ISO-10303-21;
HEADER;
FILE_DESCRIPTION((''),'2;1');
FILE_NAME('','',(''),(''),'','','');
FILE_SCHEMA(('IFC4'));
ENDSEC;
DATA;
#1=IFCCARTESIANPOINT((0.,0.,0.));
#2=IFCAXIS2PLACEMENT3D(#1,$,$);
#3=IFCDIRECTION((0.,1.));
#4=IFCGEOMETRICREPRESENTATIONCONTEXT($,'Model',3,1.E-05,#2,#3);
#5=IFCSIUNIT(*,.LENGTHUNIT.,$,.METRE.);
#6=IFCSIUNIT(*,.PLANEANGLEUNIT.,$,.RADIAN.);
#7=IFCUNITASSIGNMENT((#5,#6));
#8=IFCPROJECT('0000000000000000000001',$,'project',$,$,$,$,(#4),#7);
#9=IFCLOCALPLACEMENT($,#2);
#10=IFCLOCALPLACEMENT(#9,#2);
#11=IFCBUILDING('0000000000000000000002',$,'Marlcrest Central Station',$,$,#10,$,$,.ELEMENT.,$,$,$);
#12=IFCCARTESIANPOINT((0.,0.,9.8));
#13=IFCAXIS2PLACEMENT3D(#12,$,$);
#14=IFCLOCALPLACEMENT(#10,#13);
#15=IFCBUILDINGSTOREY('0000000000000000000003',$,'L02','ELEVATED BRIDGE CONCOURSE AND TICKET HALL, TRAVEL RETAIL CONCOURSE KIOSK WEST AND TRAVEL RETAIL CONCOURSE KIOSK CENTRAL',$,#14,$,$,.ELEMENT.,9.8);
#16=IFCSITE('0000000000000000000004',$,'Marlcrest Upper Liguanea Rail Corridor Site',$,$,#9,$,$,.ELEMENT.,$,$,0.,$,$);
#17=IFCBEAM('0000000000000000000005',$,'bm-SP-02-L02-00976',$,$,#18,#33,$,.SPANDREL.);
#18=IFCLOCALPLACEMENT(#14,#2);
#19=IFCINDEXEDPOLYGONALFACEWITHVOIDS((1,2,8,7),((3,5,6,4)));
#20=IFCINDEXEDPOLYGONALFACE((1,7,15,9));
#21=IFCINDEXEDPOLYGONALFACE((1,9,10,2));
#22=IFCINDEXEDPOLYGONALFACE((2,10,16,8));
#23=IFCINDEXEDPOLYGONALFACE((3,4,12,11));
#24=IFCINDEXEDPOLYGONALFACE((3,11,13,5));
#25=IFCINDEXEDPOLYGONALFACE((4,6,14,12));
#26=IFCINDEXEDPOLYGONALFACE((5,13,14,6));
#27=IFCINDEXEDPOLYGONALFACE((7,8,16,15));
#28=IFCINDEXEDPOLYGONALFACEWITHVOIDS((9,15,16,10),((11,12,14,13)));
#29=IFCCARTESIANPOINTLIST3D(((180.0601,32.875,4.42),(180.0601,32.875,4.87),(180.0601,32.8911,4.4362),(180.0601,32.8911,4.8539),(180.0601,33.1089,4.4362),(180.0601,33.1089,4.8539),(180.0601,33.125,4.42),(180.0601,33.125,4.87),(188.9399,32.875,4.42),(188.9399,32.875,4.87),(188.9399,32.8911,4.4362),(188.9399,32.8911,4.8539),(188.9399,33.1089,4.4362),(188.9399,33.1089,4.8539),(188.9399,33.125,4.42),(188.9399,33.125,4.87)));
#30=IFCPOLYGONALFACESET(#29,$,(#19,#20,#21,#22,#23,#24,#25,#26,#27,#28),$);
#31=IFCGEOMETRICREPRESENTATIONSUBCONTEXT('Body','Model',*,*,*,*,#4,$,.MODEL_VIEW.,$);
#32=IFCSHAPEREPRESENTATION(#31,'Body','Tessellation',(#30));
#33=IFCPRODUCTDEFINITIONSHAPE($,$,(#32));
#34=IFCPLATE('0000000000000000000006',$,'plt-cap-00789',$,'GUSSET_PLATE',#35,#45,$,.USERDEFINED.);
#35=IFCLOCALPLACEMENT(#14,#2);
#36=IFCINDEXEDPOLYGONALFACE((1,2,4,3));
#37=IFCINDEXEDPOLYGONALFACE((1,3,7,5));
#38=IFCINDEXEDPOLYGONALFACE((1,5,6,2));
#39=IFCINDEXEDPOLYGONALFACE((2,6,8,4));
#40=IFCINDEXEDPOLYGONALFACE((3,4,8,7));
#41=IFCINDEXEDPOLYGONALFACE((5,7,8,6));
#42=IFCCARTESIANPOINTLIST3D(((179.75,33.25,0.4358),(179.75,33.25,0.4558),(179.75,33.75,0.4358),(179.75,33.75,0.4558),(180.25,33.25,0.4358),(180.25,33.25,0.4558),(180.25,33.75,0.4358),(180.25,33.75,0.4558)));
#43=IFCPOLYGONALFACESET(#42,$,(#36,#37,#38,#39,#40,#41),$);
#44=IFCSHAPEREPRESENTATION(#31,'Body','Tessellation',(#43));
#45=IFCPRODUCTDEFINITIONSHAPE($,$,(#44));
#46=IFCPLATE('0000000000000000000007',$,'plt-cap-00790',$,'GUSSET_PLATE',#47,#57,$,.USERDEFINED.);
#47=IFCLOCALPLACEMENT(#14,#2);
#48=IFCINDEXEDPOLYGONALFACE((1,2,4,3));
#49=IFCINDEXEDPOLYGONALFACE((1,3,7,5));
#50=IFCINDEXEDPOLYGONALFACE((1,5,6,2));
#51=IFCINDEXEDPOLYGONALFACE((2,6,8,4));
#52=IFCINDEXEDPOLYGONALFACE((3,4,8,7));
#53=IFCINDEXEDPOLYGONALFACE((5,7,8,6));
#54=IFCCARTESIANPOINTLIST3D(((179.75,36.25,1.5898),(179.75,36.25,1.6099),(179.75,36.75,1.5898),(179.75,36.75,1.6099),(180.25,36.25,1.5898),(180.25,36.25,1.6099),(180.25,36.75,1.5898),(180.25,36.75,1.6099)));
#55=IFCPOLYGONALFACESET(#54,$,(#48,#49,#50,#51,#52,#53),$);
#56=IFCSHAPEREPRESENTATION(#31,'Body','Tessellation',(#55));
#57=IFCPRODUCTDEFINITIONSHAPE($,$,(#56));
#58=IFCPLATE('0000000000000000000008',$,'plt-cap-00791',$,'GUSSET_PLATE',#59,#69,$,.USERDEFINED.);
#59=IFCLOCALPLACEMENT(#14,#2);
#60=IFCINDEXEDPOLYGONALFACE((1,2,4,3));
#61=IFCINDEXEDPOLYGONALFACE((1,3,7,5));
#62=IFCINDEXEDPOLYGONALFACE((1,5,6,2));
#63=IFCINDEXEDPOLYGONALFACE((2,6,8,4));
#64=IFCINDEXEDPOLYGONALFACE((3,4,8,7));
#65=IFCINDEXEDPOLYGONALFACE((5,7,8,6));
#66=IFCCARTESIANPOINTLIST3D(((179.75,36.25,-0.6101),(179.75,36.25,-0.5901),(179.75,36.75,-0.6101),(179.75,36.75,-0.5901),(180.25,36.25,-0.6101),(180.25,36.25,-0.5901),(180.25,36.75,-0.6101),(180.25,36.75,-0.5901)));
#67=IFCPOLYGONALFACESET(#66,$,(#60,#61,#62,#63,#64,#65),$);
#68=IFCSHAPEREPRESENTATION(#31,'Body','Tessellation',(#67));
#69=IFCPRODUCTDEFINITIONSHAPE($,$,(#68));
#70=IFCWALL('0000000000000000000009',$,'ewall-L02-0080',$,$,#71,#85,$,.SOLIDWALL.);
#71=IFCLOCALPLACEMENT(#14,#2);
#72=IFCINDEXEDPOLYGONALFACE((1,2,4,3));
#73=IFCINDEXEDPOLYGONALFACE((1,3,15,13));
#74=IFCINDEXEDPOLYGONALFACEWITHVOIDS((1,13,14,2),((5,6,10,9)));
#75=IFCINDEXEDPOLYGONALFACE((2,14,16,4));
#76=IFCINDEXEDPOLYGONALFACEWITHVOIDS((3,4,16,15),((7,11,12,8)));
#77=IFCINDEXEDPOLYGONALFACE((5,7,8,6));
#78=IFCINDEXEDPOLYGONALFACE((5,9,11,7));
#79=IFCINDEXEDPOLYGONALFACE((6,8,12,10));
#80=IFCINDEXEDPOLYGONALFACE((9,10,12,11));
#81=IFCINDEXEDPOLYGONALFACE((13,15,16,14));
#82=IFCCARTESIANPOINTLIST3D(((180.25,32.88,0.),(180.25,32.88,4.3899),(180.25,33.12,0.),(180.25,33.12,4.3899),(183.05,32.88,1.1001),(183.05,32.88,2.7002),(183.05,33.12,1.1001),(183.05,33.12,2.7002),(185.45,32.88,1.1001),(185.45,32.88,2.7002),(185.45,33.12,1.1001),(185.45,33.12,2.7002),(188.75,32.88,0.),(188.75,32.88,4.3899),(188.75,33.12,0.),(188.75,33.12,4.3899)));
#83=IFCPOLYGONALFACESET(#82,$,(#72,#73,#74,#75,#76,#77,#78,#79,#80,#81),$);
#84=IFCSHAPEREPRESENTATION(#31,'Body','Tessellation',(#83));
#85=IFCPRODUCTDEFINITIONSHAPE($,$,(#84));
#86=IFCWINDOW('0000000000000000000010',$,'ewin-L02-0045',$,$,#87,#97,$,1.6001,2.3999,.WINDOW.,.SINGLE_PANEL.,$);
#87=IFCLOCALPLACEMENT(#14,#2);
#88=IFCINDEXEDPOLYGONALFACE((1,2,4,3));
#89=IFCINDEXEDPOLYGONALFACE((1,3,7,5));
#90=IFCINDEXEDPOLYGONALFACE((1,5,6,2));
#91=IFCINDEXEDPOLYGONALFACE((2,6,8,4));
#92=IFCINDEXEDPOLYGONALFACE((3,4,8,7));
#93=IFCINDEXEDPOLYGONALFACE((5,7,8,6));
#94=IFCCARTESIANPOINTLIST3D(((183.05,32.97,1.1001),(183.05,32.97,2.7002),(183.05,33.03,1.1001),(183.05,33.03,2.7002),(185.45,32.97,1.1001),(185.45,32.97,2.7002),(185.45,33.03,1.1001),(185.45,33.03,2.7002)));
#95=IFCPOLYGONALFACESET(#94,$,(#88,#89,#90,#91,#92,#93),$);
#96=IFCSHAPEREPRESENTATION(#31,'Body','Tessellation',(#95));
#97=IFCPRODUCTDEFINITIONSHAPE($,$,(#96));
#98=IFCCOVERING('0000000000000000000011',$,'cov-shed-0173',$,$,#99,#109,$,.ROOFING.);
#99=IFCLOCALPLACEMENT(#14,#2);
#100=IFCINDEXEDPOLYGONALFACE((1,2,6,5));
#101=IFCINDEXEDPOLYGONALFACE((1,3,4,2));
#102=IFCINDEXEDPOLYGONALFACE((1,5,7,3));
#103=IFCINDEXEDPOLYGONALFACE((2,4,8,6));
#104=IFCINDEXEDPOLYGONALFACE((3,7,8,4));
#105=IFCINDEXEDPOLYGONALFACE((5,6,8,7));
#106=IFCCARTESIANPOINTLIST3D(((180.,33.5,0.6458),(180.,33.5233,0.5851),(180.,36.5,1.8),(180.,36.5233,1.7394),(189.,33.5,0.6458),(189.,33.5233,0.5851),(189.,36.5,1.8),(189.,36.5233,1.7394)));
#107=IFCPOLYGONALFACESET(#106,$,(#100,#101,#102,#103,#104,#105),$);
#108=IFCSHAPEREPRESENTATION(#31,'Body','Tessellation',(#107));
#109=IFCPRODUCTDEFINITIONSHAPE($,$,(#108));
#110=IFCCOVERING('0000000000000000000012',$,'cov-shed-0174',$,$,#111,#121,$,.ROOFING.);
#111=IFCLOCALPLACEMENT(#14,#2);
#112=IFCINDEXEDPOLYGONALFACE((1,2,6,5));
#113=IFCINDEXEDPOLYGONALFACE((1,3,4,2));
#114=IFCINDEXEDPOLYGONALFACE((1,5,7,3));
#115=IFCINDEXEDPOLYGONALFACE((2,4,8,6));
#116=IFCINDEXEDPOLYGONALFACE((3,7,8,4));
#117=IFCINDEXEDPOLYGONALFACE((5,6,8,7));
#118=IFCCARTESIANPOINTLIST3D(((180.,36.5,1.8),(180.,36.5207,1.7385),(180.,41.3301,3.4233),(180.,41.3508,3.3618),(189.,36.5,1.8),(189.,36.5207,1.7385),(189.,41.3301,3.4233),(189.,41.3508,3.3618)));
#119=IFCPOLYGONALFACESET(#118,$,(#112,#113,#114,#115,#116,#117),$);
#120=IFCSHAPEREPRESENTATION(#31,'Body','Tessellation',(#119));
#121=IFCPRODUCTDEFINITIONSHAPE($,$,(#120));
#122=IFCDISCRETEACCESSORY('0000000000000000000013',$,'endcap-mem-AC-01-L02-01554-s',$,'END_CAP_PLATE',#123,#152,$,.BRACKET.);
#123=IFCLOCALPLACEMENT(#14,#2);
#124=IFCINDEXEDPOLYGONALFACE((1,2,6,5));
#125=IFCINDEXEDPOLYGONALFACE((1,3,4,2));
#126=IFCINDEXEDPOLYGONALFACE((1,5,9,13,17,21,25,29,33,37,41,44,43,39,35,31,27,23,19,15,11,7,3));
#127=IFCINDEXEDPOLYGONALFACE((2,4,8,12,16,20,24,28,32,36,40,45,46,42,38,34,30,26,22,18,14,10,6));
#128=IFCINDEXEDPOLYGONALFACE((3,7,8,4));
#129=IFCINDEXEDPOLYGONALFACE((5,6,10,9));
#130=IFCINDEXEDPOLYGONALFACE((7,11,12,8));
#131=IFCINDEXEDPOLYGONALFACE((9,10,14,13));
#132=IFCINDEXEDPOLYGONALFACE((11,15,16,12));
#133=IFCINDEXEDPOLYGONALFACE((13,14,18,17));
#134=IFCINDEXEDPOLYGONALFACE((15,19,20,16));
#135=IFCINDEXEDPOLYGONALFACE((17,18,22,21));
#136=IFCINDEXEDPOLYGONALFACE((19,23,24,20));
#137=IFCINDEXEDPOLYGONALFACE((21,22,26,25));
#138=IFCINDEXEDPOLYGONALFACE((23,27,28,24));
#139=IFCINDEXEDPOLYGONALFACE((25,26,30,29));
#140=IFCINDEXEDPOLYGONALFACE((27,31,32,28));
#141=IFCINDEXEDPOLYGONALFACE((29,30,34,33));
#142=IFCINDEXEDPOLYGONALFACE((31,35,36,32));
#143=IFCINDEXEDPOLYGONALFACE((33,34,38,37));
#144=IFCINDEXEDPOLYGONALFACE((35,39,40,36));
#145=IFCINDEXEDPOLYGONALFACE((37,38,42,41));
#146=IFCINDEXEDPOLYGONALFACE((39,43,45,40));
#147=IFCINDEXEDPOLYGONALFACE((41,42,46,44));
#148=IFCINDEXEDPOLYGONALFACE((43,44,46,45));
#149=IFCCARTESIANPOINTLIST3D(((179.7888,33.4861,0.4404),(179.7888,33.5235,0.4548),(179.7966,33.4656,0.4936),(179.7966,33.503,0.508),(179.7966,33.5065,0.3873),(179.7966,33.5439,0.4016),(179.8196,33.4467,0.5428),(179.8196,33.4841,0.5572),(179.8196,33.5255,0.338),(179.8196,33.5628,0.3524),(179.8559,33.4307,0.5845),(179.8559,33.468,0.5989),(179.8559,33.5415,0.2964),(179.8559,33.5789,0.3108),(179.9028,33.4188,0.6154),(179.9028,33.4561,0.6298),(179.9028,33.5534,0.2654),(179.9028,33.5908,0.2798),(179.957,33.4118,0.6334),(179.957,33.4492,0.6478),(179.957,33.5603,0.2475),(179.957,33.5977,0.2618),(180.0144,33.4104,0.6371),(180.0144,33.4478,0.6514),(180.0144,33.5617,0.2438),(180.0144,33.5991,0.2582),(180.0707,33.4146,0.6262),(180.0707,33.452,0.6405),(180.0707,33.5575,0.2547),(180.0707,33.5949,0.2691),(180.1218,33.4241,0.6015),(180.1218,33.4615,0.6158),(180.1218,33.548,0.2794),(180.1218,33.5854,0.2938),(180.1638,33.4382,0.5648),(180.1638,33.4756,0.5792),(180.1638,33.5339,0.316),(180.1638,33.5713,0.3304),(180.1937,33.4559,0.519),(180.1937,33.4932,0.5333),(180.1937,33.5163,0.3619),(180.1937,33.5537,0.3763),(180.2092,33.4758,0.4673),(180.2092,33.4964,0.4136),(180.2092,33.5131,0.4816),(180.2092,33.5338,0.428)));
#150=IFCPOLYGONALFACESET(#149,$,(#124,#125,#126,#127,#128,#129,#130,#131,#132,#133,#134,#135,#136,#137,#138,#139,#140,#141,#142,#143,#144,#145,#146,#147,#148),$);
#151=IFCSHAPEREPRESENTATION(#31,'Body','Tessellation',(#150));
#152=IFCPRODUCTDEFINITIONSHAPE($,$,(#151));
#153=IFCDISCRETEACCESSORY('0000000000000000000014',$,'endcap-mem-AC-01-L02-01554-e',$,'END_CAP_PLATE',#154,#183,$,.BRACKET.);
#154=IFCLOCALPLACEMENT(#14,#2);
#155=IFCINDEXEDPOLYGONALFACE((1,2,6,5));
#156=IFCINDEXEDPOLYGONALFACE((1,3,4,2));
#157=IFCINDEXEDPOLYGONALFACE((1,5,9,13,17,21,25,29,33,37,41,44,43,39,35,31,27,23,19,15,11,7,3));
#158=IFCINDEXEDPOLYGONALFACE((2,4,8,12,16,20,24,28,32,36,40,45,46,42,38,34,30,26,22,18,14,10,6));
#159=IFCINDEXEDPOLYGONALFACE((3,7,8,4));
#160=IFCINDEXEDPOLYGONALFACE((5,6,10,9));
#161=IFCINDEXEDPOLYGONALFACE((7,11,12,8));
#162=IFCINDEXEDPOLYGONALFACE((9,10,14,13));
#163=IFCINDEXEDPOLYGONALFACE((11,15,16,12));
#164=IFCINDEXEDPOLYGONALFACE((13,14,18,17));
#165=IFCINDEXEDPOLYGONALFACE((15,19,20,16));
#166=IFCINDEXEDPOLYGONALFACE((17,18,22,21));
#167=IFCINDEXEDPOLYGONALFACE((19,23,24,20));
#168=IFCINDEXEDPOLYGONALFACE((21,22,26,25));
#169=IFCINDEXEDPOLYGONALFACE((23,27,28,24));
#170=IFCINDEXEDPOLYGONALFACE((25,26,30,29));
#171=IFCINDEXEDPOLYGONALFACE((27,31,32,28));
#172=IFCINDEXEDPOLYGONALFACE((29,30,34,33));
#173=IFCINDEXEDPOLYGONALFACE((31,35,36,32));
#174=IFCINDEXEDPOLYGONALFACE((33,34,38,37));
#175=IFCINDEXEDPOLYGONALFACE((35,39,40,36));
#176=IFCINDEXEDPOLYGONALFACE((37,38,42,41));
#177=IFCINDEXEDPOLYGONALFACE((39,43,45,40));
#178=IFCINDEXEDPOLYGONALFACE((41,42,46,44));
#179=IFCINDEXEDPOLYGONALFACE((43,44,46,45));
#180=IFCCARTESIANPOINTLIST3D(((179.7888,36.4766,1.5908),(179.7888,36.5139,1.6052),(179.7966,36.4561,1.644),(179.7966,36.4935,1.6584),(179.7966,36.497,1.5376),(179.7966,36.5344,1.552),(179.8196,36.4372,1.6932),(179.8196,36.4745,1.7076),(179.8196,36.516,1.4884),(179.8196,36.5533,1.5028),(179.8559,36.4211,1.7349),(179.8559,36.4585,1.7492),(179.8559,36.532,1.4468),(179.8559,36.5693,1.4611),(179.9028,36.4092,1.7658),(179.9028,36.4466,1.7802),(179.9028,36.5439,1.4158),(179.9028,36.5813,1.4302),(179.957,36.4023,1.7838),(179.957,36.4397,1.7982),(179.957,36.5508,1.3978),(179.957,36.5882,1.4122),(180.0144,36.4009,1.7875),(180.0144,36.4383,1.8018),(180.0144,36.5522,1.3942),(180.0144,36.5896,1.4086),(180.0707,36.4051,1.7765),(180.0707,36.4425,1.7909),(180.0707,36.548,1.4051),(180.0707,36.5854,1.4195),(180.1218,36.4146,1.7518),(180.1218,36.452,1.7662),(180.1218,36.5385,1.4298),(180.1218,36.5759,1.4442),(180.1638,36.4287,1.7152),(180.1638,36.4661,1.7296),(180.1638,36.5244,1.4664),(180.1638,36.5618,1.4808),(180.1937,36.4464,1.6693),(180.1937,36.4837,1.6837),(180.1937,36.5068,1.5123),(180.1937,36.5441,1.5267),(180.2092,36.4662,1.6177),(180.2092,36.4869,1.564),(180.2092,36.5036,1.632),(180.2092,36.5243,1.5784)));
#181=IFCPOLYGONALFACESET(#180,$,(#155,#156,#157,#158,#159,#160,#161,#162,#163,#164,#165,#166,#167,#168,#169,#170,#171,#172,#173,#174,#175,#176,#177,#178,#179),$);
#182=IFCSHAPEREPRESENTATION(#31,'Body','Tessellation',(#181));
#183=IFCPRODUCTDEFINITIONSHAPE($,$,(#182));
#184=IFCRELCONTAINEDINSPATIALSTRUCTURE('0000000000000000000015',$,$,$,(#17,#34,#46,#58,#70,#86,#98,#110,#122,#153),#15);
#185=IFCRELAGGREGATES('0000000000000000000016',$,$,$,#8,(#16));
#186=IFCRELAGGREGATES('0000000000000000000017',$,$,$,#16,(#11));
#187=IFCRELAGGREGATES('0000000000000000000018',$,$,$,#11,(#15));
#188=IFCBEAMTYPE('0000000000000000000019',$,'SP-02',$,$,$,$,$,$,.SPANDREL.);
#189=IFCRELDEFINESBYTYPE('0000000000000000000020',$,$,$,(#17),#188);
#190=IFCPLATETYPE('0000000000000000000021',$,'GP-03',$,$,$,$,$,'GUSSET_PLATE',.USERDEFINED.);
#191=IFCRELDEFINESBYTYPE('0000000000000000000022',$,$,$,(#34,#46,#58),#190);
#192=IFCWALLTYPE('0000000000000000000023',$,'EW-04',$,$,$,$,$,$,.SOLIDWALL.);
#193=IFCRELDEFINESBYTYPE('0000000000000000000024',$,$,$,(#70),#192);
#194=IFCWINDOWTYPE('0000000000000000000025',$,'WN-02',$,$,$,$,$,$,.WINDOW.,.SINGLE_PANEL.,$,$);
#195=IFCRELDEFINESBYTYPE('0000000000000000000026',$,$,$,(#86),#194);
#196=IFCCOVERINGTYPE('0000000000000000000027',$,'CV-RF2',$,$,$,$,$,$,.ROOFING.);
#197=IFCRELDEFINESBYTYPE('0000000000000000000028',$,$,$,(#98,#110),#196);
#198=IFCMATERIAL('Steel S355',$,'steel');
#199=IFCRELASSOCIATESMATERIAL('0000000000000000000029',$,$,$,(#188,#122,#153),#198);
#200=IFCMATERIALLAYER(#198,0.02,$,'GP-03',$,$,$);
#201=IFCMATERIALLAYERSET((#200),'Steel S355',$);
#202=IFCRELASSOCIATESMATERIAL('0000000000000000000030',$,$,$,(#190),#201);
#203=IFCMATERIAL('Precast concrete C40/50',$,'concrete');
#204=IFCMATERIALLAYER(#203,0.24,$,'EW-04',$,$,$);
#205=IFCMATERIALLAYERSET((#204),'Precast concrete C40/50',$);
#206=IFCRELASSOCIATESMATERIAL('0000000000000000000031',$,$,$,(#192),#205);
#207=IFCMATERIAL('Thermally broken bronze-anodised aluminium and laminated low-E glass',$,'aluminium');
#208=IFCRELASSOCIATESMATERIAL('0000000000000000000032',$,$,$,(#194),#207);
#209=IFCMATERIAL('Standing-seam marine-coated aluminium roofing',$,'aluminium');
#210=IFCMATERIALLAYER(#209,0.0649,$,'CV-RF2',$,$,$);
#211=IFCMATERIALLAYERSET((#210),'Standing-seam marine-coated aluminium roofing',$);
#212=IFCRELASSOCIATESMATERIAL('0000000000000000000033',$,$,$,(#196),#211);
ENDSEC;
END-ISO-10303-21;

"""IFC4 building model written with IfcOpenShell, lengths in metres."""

from ifc_helpers import new_model, si_unit, direction, frame, frame_2d, origin, origin_2d, place, context, subcontext, project, spatial, polyline, rectangle, hollow_rectangle, circle, outline, extrude, material, layer, layer_set, material_profile, profile_set, type_object, element, fill, save


model = new_model("IFC4")

# Units and contexts
model_context = context("Model", 3, precision=1e-05, world=origin(), true_north=direction((0.0, 1.0)))
body_context = subcontext(model_context, "Body", "Model", "MODEL_VIEW")
ifc_project = project(units=[si_unit("LENGTHUNIT", "METRE"), si_unit("PLANEANGLEUNIT", "RADIAN")], contexts=[model_context])

# Site, building, storey
site_placement = place(None, origin())
site = spatial("IfcSite", under=ifc_project, at=site_placement, Name="Marlcrest Upper Liguanea Rail Corridor Site", CompositionType="ELEMENT", RefElevation=0.0)
building_placement = place(site_placement, origin())
building = spatial("IfcBuilding", under=site, at=building_placement, Name="Marlcrest Central Station", CompositionType="ELEMENT")
storey_placement = place(building_placement, frame((0.0, 0.0, 9.8)))
storey = spatial("IfcBuildingStorey", under=building, at=storey_placement, Name="L02", Description="ELEVATED BRIDGE CONCOURSE AND TICKET HALL, TRAVEL RETAIL CONCOURSE KIOSK WEST AND TRAVEL RETAIL CONCOURSE KIOSK CENTRAL", CompositionType="ELEMENT", Elevation=9.8)

# Shared definitions
ifc_material_1 = material(Name="Steel S355", Category="steel")

# Beam
ifc_material_profile_1 = material_profile(ifc_material_1, hollow_rectangle(XDim=0.25, YDim=0.45, WallThickness=0.0161, at=origin_2d()), Name="RHS 450x250x16")
ifc_profile_set_1 = profile_set([ifc_material_profile_1], Name="Steel S355")
beam_type = type_object("IfcBeamType", Name="SP-02", PredefinedType="SPANDREL", material=ifc_profile_set_1)
beam_placement = place(storey_placement, frame((180.0601, 33.0, 4.645), z_axis=(1.0, 0.0, 0.0), x_axis=(0.0, 1.0, 0.0)))
element("IfcBeam", 1, at=beam_placement, inside=storey, type_object=beam_type, Name="bm-SP-02-L02-00976", PredefinedType="SPANDREL", context=body_context, shape_type="SweptSolid", body=[
    extrude(hollow_rectangle(XDim=0.25, YDim=0.45, WallThickness=0.0161, at=origin_2d()), origin(), (0.0, 0.0, 1.0), 8.8799),
])

# Plates
ifc_layer_1 = layer(ifc_material_1, 0.02, Name="GP-03")
ifc_layer_set_1 = layer_set([ifc_layer_1], Name="Steel S355")
plate_type = type_object("IfcPlateType", Name="GP-03", ElementType="GUSSET_PLATE", PredefinedType="USERDEFINED", material=ifc_layer_set_1)
for number, where, z_axis, x_axis, name in (
    (2, (180.0, 33.5, 0.4358), (0.0, 0.0, 1.0), (1.0, 0.0, 0.0), "plt-cap-00789"),
    (3, (180.0, 36.5, 1.5898), (0.0, 0.0, 1.0), (1.0, 0.0, 0.0), "plt-cap-00790"),
    (4, (180.0, 36.5, -0.6101), (0.0, 0.0, 1.0), (1.0, 0.0, 0.0), "plt-cap-00791"),
):
    element("IfcPlate", number, at=place(storey_placement, frame(where, z_axis=z_axis, x_axis=x_axis)), inside=storey, type_object=plate_type, Name=name, ObjectType="GUSSET_PLATE", PredefinedType="USERDEFINED", context=body_context, shape_type="SweptSolid", body=[
        extrude(rectangle(XDim=0.5, YDim=0.5, at=origin_2d()), origin(), (0.0, 0.0, 1.0), 0.02),
    ])

# Wall, opening, window
ifc_material_2 = material(Name="Precast concrete C40/50", Category="concrete")
ifc_layer_2 = layer(ifc_material_2, 0.24, Name="EW-04")
ifc_layer_set_2 = layer_set([ifc_layer_2], Name="Precast concrete C40/50")
wall_type = type_object("IfcWallType", Name="EW-04", PredefinedType="SOLIDWALL", material=ifc_layer_set_2)
wall_placement = place(storey_placement, frame((180.25, 33.0, 0.0), z_axis=(0.0, 0.0, 1.0), x_axis=(1.0, 0.0, 0.0)))
wall = element("IfcWall", 5, at=wall_placement, inside=storey, type_object=wall_type, Name="ewall-L02-0080", PredefinedType="SOLIDWALL", context=body_context, shape_type="SweptSolid", body=[
    extrude(rectangle(XDim=8.5, YDim=0.24, at=frame_2d((4.25, 0.0))), origin(), (0.0, 0.0, 1.0), 4.3899),
])
opening_placement = place(wall_placement, frame((2.8, 0.0, 1.1001)))
opening = element("IfcOpeningElement", 6, at=opening_placement, cuts=wall, PredefinedType="OPENING", context=body_context, shape_type="SweptSolid", body=[
    extrude(rectangle(XDim=2.3999, YDim=1.6001, at=frame_2d((1.2, 0.8))), frame((0.0, 0.1299, 0.0), z_axis=(0.0, -1.0, 0.0), x_axis=(1.0, 0.0, 0.0)), (0.0, 0.0, 1.0), 0.26),
])
ifc_material_3 = material(Name="Thermally broken bronze-anodised aluminium and laminated low-E glass", Category="aluminium")
window_type = type_object("IfcWindowType", Name="WN-02", PartitioningType="SINGLE_PANEL", PredefinedType="WINDOW", material=ifc_material_3)
window_placement = place(opening_placement, origin())
window = element("IfcWindow", 7, at=window_placement, inside=storey, type_object=window_type, Name="ewin-L02-0045", OverallHeight=1.6001, OverallWidth=2.3999, PartitioningType="SINGLE_PANEL", PredefinedType="WINDOW", context=body_context, shape_type="SweptSolid", body=[
    extrude(rectangle(XDim=2.3999, YDim=1.6001, at=frame_2d((1.2, 0.8))), frame((0.0, 0.03, 0.0), z_axis=(0.0, -1.0, 0.0), x_axis=(1.0, 0.0, 0.0)), (0.0, 0.0, 1.0), 0.0601),
])
fill(opening, window)

# Coverings
ifc_material_4 = material(Name="Standing-seam marine-coated aluminium roofing", Category="aluminium")
ifc_layer_3 = layer(ifc_material_4, 0.0649, Name="CV-RF2")
ifc_layer_set_3 = layer_set([ifc_layer_3], Name="Standing-seam marine-coated aluminium roofing")
covering_type = type_object("IfcCoveringType", Name="CV-RF2", PredefinedType="ROOFING", material=ifc_layer_set_3)
covering_1_placement = place(storey_placement, frame((180.0, 33.5, 0.6458), z_axis=(0.0, -0.359101, 0.933299), x_axis=(1.0, 0.0, 0.0)))
element("IfcCovering", 8, at=covering_1_placement, inside=storey, type_object=covering_type, Name="cov-shed-0173", PredefinedType="ROOFING", context=body_context, shape_type="SweptSolid", body=[
    extrude(outline(polyline([(0.0, 0.0), (9.0, 0.0), (9.0, 3.2144), (0.0, 3.2144), (0.0, 0.0)])), origin(), (0.0, 0.0, -1.0), 0.0649),
])
covering_2_placement = place(storey_placement, frame((180.0, 36.5, 1.8), z_axis=(0.0, -0.31857, 0.947899), x_axis=(1.0, 0.0, 0.0)))
element("IfcCovering", 9, at=covering_2_placement, inside=storey, type_object=covering_type, Name="cov-shed-0174", PredefinedType="ROOFING", context=body_context, shape_type="SweptSolid", body=[
    extrude(outline(polyline([(0.0, 0.0), (9.0, 0.0), (9.0, 5.0956), (0.0, 5.0956), (0.0, 0.0)])), origin(), (0.0, 0.0, -1.0), 0.0649),
])

# Discrete accessories
for number, where, z_axis, x_axis, name in (
    (10, (180.0, 33.4861, 0.4404), (0.0, 0.933324, 0.359035), (-1.0, 0.0, 0.0), "endcap-mem-AC-01-L02-01554-s"),
    (11, (180.0, 36.4766, 1.5908), (0.0, 0.933324, 0.359035), (-1.0, 0.0, 0.0), "endcap-mem-AC-01-L02-01554-e"),
):
    element("IfcDiscreteAccessory", number, at=place(storey_placement, frame(where, z_axis=z_axis, x_axis=x_axis)), inside=storey, material=ifc_material_1, Name=name, ObjectType="END_CAP_PLATE", PredefinedType="BRACKET", context=body_context, shape_type="SweptSolid", body=[
        extrude(circle(Radius=0.2112, at=origin_2d()), origin(), (0.0, 0.0, 1.0), 0.04),
    ])

save(model, "model.ifc")
